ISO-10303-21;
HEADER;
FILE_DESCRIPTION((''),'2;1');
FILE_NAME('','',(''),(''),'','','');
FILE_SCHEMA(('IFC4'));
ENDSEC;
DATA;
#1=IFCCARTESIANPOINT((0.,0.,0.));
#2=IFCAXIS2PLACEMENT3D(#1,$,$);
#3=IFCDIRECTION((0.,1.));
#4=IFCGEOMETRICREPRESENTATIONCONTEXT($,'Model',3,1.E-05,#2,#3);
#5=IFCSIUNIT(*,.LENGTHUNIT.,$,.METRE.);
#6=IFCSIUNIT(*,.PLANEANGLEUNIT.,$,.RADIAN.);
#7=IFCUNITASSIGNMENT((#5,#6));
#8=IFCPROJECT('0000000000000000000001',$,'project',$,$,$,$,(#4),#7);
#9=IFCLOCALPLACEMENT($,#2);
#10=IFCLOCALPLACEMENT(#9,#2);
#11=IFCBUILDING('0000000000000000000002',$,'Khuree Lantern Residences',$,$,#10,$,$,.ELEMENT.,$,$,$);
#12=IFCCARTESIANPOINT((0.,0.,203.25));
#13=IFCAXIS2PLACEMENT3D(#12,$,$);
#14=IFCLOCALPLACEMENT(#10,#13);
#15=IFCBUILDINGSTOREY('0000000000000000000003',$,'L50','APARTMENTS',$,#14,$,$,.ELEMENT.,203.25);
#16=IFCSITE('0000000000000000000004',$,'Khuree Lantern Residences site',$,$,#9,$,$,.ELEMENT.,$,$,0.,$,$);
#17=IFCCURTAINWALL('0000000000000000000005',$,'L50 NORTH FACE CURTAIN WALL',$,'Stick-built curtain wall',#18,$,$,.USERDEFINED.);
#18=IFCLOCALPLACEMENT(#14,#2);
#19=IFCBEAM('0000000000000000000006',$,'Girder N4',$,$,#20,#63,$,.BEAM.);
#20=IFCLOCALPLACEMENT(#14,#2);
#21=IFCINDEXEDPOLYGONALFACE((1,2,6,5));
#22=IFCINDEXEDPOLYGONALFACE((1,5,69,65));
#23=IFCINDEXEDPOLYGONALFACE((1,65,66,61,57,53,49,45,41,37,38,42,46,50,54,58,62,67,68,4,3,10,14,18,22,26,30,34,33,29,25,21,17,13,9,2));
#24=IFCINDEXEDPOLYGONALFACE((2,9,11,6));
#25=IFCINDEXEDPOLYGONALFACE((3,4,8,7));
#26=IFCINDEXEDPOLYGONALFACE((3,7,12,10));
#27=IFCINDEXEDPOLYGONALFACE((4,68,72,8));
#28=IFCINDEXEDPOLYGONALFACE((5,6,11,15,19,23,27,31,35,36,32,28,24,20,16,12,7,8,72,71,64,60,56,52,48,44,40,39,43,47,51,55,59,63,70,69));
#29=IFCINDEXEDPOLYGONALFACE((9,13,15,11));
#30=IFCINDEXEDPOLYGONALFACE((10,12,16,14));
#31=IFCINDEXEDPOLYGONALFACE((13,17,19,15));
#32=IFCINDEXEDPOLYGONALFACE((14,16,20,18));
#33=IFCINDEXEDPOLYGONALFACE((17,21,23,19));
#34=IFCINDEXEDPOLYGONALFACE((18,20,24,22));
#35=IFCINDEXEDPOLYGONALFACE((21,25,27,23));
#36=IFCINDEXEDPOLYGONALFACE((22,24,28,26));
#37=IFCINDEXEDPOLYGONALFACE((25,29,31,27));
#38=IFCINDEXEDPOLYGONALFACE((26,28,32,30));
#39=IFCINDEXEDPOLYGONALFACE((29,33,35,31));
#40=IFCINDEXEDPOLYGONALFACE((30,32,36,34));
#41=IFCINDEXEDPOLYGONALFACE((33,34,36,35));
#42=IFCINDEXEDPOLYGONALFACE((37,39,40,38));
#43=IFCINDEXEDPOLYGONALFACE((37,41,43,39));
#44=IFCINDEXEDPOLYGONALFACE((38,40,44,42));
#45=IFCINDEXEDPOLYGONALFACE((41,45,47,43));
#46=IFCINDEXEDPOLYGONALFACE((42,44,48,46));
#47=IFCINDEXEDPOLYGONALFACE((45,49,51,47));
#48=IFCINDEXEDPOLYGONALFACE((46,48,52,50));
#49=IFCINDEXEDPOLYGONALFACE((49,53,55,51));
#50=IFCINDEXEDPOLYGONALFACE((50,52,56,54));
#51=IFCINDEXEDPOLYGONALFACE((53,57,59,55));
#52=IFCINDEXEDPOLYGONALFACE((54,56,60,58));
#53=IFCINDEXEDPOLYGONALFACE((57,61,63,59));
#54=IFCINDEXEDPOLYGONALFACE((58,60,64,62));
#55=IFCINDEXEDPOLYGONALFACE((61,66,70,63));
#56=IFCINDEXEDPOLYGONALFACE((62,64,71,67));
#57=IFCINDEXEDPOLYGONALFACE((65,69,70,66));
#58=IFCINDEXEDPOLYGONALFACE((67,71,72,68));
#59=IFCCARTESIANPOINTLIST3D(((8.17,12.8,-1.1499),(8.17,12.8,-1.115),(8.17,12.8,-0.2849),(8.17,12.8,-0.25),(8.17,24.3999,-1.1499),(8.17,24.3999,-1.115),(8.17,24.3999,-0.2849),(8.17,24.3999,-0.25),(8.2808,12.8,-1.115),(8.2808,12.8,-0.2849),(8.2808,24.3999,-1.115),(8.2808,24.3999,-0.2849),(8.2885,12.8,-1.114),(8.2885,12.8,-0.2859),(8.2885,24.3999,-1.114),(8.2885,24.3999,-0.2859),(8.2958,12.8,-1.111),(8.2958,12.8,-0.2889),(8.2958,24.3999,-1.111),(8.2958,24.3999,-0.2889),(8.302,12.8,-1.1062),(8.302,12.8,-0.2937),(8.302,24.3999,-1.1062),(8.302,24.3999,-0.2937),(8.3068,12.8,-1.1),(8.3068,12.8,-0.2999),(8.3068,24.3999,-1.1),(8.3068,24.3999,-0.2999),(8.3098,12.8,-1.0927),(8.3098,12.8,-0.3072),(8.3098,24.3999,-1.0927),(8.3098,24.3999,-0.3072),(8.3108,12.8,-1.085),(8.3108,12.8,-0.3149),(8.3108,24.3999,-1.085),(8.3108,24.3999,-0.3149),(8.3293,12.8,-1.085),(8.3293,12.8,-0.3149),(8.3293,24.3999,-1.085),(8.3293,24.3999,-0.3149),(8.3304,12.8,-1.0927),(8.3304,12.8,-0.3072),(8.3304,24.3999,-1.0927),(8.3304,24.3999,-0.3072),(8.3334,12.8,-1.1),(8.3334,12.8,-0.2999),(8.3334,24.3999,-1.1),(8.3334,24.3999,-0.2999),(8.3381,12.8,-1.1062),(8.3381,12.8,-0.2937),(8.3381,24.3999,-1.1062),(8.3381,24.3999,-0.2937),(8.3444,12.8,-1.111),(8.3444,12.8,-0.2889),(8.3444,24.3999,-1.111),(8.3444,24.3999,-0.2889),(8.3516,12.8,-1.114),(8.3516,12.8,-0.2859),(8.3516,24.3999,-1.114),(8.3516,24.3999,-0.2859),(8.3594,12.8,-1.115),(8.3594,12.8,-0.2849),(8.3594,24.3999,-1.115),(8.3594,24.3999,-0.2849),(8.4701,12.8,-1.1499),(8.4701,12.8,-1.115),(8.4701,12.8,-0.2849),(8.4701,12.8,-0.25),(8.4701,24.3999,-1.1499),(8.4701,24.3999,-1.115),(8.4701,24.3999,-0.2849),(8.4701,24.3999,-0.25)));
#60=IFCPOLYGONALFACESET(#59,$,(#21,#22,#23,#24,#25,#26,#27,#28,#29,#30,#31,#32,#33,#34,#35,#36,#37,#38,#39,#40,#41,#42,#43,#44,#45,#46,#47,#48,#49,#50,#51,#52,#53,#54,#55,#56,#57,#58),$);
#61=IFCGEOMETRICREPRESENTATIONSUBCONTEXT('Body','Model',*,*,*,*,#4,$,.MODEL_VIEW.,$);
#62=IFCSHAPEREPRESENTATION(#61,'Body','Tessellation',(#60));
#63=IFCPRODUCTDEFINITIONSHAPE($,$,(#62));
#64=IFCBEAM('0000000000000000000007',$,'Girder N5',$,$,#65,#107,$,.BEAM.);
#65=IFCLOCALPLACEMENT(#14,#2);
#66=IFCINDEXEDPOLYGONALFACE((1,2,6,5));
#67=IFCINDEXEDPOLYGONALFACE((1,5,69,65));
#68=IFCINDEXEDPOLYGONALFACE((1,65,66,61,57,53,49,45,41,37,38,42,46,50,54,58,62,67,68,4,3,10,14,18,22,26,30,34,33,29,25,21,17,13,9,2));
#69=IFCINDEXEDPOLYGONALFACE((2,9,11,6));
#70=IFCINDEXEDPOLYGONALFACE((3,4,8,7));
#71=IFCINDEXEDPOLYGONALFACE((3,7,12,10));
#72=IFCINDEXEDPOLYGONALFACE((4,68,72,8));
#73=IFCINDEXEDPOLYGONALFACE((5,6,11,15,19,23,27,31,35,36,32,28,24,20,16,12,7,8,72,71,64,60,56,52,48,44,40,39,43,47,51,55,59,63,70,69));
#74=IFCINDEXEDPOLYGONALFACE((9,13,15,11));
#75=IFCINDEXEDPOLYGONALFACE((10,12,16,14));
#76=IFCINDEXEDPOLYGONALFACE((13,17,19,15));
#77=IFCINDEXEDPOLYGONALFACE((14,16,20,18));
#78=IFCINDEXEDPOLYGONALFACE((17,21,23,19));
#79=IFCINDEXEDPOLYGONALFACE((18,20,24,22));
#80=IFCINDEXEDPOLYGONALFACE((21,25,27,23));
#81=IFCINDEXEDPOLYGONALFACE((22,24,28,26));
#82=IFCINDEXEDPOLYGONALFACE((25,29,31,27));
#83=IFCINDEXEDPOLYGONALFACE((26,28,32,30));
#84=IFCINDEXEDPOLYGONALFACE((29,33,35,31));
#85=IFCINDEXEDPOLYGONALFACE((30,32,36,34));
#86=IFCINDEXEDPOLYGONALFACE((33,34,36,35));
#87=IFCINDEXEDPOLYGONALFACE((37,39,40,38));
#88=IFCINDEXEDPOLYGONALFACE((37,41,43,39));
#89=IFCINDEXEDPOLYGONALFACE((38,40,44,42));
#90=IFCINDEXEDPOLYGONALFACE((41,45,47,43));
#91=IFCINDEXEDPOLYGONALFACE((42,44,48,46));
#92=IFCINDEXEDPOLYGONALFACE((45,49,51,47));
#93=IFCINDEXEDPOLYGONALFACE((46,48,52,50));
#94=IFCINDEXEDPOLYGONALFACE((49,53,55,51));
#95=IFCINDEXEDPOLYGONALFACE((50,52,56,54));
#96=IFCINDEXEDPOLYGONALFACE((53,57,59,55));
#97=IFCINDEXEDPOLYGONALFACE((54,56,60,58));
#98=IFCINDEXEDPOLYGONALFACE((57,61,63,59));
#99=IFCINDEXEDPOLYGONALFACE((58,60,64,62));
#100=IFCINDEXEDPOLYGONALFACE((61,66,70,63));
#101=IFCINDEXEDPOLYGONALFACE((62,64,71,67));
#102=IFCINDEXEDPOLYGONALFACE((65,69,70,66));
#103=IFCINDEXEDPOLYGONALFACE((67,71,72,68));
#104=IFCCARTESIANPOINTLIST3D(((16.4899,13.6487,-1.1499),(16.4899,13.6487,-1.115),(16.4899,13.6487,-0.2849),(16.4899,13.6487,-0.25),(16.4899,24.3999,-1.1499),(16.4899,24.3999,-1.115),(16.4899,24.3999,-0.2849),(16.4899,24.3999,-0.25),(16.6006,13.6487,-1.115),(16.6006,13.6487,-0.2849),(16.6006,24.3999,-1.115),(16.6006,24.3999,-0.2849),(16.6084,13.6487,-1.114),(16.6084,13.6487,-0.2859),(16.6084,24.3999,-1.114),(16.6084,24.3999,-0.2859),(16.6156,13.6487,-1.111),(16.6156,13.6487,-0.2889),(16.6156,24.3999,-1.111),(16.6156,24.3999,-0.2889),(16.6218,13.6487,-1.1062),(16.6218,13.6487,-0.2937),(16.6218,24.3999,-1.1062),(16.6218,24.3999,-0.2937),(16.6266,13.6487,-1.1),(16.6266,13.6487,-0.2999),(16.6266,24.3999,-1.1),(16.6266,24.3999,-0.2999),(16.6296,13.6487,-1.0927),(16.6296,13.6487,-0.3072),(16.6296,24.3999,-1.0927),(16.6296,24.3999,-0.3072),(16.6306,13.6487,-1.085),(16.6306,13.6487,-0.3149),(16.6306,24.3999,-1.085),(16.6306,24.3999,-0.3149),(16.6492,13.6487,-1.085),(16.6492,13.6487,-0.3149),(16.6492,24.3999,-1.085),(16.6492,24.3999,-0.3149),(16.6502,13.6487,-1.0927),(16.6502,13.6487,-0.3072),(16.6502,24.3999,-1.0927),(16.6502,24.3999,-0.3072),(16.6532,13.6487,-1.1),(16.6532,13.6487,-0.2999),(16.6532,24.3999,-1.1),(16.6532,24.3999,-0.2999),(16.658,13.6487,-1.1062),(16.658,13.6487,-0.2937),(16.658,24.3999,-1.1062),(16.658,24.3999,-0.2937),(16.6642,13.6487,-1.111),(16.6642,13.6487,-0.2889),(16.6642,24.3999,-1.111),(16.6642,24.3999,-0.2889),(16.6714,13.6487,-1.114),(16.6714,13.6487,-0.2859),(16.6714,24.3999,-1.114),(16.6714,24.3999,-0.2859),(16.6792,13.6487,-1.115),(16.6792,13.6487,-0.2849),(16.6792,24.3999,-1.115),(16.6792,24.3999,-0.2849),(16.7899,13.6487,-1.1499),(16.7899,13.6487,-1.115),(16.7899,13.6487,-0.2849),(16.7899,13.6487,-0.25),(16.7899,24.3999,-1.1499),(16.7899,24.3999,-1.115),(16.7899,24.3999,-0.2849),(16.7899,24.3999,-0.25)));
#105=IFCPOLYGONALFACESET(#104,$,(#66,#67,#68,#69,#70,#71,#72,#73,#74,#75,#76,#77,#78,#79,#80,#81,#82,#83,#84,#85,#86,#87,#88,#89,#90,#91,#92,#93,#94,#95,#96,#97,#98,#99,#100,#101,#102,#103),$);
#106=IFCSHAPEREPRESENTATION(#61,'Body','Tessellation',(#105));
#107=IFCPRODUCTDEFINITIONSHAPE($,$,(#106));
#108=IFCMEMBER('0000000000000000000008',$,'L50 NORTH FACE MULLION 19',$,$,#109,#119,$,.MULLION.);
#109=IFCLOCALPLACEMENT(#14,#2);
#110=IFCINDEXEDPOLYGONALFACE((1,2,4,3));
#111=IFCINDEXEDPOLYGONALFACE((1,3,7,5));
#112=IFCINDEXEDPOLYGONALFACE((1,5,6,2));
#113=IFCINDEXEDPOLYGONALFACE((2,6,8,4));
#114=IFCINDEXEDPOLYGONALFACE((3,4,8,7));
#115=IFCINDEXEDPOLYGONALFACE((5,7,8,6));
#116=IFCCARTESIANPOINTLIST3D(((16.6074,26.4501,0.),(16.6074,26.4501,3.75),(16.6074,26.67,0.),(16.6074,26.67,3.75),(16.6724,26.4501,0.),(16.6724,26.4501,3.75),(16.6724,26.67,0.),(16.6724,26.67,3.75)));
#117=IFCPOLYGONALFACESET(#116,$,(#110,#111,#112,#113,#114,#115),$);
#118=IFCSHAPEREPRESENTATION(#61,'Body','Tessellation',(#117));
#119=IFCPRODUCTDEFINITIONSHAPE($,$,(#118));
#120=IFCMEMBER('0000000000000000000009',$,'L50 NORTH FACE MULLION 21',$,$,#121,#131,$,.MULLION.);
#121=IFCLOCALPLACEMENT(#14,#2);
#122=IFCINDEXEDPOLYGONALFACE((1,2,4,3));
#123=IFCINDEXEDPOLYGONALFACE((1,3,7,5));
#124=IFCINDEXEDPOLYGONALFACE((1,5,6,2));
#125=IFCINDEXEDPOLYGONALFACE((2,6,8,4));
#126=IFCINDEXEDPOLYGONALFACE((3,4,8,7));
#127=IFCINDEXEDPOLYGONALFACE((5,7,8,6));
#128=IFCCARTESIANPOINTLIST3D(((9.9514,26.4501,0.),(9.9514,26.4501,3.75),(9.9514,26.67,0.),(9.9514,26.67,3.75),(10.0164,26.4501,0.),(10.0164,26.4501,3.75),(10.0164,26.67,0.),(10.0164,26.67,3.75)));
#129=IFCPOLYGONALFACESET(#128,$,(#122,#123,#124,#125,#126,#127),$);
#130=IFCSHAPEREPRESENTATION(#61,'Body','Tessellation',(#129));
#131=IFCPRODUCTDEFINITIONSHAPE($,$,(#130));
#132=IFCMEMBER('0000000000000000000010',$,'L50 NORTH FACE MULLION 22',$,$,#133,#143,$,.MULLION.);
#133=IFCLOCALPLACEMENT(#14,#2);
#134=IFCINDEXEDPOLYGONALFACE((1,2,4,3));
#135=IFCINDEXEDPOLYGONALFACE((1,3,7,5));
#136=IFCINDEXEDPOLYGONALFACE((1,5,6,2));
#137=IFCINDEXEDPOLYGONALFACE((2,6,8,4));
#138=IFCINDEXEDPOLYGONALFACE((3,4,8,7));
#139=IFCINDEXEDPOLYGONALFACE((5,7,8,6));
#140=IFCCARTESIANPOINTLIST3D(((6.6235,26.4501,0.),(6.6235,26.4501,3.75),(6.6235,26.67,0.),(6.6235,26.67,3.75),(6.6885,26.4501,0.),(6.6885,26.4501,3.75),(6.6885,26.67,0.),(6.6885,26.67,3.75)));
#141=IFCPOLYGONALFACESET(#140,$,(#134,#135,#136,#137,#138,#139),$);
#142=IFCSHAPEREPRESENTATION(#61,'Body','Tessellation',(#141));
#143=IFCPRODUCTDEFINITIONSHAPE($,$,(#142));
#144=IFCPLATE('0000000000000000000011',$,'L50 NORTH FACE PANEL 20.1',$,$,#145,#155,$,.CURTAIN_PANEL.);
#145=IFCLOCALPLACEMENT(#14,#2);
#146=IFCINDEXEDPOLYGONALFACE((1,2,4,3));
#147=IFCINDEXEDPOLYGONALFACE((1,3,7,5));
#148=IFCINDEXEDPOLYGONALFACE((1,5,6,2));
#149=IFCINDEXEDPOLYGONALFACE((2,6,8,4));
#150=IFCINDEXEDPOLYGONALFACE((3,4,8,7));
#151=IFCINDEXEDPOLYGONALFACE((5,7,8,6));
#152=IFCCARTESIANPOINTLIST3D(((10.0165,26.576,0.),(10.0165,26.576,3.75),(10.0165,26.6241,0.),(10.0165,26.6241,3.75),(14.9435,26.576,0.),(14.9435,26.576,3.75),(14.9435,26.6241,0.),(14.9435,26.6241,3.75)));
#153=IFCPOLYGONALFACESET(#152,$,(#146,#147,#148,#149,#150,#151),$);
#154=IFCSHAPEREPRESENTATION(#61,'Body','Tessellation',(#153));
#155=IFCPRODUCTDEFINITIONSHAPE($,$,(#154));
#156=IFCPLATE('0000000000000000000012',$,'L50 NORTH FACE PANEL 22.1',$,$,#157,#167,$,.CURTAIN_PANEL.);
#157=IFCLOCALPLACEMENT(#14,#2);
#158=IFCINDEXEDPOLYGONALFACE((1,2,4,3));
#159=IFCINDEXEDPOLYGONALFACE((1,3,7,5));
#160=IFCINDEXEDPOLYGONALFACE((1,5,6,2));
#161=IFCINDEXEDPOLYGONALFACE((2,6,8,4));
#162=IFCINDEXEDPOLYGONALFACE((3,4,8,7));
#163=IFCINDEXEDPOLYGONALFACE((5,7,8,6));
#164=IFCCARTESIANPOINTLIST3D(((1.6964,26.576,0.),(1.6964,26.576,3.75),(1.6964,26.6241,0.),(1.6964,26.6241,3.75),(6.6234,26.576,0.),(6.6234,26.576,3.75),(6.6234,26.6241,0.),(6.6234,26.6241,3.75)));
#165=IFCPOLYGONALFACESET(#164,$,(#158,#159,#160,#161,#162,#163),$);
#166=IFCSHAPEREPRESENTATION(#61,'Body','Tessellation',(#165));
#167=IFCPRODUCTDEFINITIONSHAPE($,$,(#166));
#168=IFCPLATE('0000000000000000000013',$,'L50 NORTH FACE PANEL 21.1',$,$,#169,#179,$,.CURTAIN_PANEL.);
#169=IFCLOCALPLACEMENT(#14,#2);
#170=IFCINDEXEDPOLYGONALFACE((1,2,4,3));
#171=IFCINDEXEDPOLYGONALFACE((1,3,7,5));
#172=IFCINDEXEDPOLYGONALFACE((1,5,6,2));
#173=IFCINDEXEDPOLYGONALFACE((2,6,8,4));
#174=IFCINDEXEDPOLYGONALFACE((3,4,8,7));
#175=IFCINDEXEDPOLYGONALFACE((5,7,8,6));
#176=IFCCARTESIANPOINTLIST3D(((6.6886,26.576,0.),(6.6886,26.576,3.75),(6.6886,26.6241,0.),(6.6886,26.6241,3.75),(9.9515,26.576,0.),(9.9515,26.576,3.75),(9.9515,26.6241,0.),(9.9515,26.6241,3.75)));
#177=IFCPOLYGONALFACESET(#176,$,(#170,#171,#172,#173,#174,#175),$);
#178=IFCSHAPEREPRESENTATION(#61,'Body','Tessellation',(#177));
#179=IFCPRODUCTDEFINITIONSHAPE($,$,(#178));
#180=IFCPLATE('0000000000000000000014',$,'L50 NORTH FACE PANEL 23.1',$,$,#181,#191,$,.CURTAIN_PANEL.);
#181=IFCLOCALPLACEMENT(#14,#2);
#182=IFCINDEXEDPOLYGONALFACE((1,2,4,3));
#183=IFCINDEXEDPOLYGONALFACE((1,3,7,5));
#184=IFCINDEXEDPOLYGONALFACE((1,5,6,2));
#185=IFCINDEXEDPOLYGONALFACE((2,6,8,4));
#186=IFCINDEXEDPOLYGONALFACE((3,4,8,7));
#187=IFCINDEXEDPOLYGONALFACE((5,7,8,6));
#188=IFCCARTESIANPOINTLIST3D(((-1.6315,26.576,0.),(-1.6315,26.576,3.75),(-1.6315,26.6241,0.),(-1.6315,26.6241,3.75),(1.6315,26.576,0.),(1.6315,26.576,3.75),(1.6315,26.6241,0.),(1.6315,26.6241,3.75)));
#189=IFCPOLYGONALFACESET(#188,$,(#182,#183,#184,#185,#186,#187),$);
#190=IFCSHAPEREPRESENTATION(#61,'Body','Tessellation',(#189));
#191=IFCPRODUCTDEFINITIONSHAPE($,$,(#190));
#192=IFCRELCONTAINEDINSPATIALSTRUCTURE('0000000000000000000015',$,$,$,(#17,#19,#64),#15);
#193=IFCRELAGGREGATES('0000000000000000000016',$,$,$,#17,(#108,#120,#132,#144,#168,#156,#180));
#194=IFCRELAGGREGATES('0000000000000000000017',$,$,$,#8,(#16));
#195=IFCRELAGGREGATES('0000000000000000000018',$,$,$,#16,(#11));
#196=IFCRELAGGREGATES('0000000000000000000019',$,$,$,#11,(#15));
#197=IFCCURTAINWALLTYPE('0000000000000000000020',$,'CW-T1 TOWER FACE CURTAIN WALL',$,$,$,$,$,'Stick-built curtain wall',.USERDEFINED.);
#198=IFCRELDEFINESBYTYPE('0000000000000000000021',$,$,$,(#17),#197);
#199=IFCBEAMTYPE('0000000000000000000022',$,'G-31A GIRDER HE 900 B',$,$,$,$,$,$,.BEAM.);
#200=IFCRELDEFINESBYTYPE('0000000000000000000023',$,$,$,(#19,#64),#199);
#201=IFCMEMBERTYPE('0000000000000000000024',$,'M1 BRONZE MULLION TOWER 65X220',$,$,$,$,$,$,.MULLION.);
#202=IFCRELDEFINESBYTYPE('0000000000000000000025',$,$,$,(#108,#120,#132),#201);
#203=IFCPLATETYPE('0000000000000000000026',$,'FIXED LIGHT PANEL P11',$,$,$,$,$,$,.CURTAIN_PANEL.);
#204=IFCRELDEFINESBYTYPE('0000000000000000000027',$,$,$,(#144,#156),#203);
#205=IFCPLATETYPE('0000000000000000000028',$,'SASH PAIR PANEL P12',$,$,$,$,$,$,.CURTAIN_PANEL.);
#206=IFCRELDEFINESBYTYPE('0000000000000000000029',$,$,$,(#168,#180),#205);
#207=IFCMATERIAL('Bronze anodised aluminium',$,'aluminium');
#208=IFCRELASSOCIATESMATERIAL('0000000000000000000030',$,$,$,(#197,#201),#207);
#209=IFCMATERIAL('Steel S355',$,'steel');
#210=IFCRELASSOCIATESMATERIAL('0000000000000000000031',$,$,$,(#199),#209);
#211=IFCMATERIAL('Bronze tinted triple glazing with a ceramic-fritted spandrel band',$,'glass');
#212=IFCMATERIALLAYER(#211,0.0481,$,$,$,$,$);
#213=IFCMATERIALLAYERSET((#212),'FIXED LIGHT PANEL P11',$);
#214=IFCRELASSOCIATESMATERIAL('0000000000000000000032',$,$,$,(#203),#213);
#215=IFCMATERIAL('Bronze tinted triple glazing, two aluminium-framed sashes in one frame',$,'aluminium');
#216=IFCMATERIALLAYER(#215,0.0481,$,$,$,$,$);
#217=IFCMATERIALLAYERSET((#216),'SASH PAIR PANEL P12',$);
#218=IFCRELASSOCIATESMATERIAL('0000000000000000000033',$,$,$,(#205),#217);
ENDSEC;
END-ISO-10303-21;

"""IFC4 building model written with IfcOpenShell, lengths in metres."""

from ifc_helpers import new_model, si_unit, direction, frame, origin, origin_2d, place, context, subcontext, project, spatial, rectangle, i_section, extrude, material, layer, layer_set, material_profile, profile_set, type_object, element, aggregate, save


model = new_model("IFC4")

# Units and contexts
model_context = context("Model", 3, precision=1e-05, world=origin(), true_north=direction((0.0, 1.0)))
body_context = subcontext(model_context, "Body", "Model", "MODEL_VIEW")
ifc_project = project(units=[si_unit("LENGTHUNIT", "METRE"), si_unit("PLANEANGLEUNIT", "RADIAN")], contexts=[model_context])

# Site, building, storey
site_placement = place(None, origin())
site = spatial("IfcSite", under=ifc_project, at=site_placement, Name="Khuree Lantern Residences site", CompositionType="ELEMENT", RefElevation=0.0)
building_placement = place(site_placement, origin())
building = spatial("IfcBuilding", under=site, at=building_placement, Name="Khuree Lantern Residences", CompositionType="ELEMENT")
storey_placement = place(building_placement, frame((0.0, 0.0, 203.25)))
storey = spatial("IfcBuildingStorey", under=building, at=storey_placement, Name="L50", Description="APARTMENTS", CompositionType="ELEMENT", Elevation=203.25)

# Shared definitions
ifc_material_1 = material(Name="Steel S355", Category="steel")

# Curtain wall
ifc_material_2 = material(Name="Bronze anodised aluminium", Category="aluminium")
curtain_wall_type = type_object("IfcCurtainWallType", Name="CW-T1 TOWER FACE CURTAIN WALL", ElementType="Stick-built curtain wall", PredefinedType="USERDEFINED", material=ifc_material_2)
curtain_wall_placement = place(storey_placement, origin())
curtain_wall = element("IfcCurtainWall", 1, at=curtain_wall_placement, inside=storey, type_object=curtain_wall_type, Name="L50 NORTH FACE CURTAIN WALL", ObjectType="Stick-built curtain wall", PredefinedType="USERDEFINED")

# Beams
ifc_material_profile_1 = material_profile(ifc_material_1, i_section(OverallWidth=0.3, OverallDepth=0.8999, WebThickness=0.0186, FlangeThickness=0.0349, FilletRadius=0.03, at=origin_2d()), Name="HE 900 B")
ifc_profile_set_1 = profile_set([ifc_material_profile_1], Name="Steel S355")
beam_type_1 = type_object("IfcBeamType", Name="G-31A GIRDER HE 900 B", PredefinedType="BEAM", material=ifc_profile_set_1)
for number, where, z_axis, x_axis, name in (
    (2, (8.3201, 24.3999, -0.7), (0.0, -1.0, 0.0), (1.0, 0.0, 0.0), "Girder N4"),
):
    element("IfcBeam", number, at=place(storey_placement, frame(where, z_axis=z_axis, x_axis=x_axis)), inside=storey, type_object=beam_type_1, Name=name, PredefinedType="BEAM", context=body_context, shape_type="SweptSolid", body=[
        extrude(i_section(OverallWidth=0.3, OverallDepth=0.8999, WebThickness=0.0186, FlangeThickness=0.0349, FilletRadius=0.03, at=origin_2d()), origin(), (0.0, 0.0, 1.0), 11.5999),
    ])
beam_1_placement = place(storey_placement, frame((16.6399, 24.3999, -0.7), z_axis=(0.0, -1.0, 0.0), x_axis=(1.0, 0.0, 0.0)))
element("IfcBeam", 3, at=beam_1_placement, inside=storey, type_object=beam_type_1, Name="Girder N5", PredefinedType="BEAM", context=body_context, shape_type="SweptSolid", body=[
    extrude(i_section(OverallWidth=0.3, OverallDepth=0.8999, WebThickness=0.0186, FlangeThickness=0.0349, FilletRadius=0.03, at=origin_2d()), origin(), (0.0, 0.0, 1.0), 10.7512),
])

# Members
ifc_material_profile_2 = material_profile(ifc_material_2, rectangle(XDim=0.0649, YDim=0.22, at=origin_2d()), Name="M1 65X220")
ifc_profile_set_2 = profile_set([ifc_material_profile_2], Name="Bronze anodised aluminium")
member_type_1 = type_object("IfcMemberType", Name="M1 BRONZE MULLION TOWER 65X220", PredefinedType="MULLION", material=ifc_profile_set_2)
member_1_placement = place(storey_placement, frame((16.6399, 26.5601, 0.0), z_axis=(0.0, 0.0, 1.0), x_axis=(-1.0, 0.0, 0.0)))
member_1 = element("IfcMember", 4, at=member_1_placement, type_object=member_type_1, Name="L50 NORTH FACE MULLION 19", PredefinedType="MULLION", context=body_context, shape_type="SweptSolid", body=[
    extrude(rectangle(XDim=0.0649, YDim=0.22, at=origin_2d()), origin(), (0.0, 0.0, 1.0), 3.75),
])
member_2_placement = place(storey_placement, frame((9.9839, 26.5601, 0.0), z_axis=(0.0, 0.0, 1.0), x_axis=(-1.0, 0.0, 0.0)))
member_2 = element("IfcMember", 5, at=member_2_placement, type_object=member_type_1, Name="L50 NORTH FACE MULLION 21", PredefinedType="MULLION", context=body_context, shape_type="SweptSolid", body=[
    extrude(rectangle(XDim=0.0649, YDim=0.22, at=origin_2d()), origin(), (0.0, 0.0, 1.0), 3.75),
])
member_3_placement = place(storey_placement, frame((6.656, 26.5601, 0.0), z_axis=(0.0, 0.0, 1.0), x_axis=(-1.0, 0.0, 0.0)))
member_3 = element("IfcMember", 6, at=member_3_placement, type_object=member_type_1, Name="L50 NORTH FACE MULLION 22", PredefinedType="MULLION", context=body_context, shape_type="SweptSolid", body=[
    extrude(rectangle(XDim=0.0649, YDim=0.22, at=origin_2d()), origin(), (0.0, 0.0, 1.0), 3.75),
])

# Plates
ifc_material_3 = material(Name="Bronze tinted triple glazing with a ceramic-fritted spandrel band", Category="glass")
ifc_layer_1 = layer(ifc_material_3, 0.0481)
ifc_layer_set_1 = layer_set([ifc_layer_1], Name="FIXED LIGHT PANEL P11")
plate_type_1 = type_object("IfcPlateType", Name="FIXED LIGHT PANEL P11", PredefinedType="CURTAIN_PANEL", material=ifc_layer_set_1)
plate_1_placement = place(storey_placement, frame((12.48, 26.6001, 0.0), z_axis=(0.0, 0.0, 1.0), x_axis=(-1.0, 0.0, 0.0)))
plate_1 = element("IfcPlate", 7, at=plate_1_placement, type_object=plate_type_1, Name="L50 NORTH FACE PANEL 20.1", PredefinedType="CURTAIN_PANEL", context=body_context, shape_type="SweptSolid", body=[
    extrude(rectangle(XDim=4.927, YDim=0.0481, at=origin_2d()), origin(), (0.0, 0.0, 1.0), 3.75),
])
plate_2_placement = place(storey_placement, frame((4.1599, 26.6001, 0.0), z_axis=(0.0, 0.0, 1.0), x_axis=(-1.0, 0.0, 0.0)))
plate_2 = element("IfcPlate", 8, at=plate_2_placement, type_object=plate_type_1, Name="L50 NORTH FACE PANEL 22.1", PredefinedType="CURTAIN_PANEL", context=body_context, shape_type="SweptSolid", body=[
    extrude(rectangle(XDim=4.927, YDim=0.0481, at=origin_2d()), origin(), (0.0, 0.0, 1.0), 3.75),
])
ifc_material_4 = material(Name="Bronze tinted triple glazing, two aluminium-framed sashes in one frame", Category="aluminium")
ifc_layer_2 = layer(ifc_material_4, 0.0481)
ifc_layer_set_2 = layer_set([ifc_layer_2], Name="SASH PAIR PANEL P12")
plate_type_2 = type_object("IfcPlateType", Name="SASH PAIR PANEL P12", PredefinedType="CURTAIN_PANEL", material=ifc_layer_set_2)
plate_3_placement = place(storey_placement, frame((8.3201, 26.6001, 0.0), z_axis=(0.0, 0.0, 1.0), x_axis=(-1.0, 0.0, 0.0)))
plate_3 = element("IfcPlate", 9, at=plate_3_placement, type_object=plate_type_2, Name="L50 NORTH FACE PANEL 21.1", PredefinedType="CURTAIN_PANEL", context=body_context, shape_type="SweptSolid", body=[
    extrude(rectangle(XDim=3.2629, YDim=0.0481, at=origin_2d()), origin(), (0.0, 0.0, 1.0), 3.75),
])
plate_4_placement = place(storey_placement, frame((0.0, 26.6001, 0.0), z_axis=(0.0, 0.0, 1.0), x_axis=(-1.0, 0.0, 0.0)))
plate_4 = element("IfcPlate", 10, at=plate_4_placement, type_object=plate_type_2, Name="L50 NORTH FACE PANEL 23.1", PredefinedType="CURTAIN_PANEL", context=body_context, shape_type="SweptSolid", body=[
    extrude(rectangle(XDim=3.2629, YDim=0.0481, at=origin_2d()), origin(), (0.0, 0.0, 1.0), 3.75),
])
aggregate(curtain_wall, [member_1, member_2, member_3, plate_1, plate_3, plate_2, plate_4])

save(model, "model.ifc")
